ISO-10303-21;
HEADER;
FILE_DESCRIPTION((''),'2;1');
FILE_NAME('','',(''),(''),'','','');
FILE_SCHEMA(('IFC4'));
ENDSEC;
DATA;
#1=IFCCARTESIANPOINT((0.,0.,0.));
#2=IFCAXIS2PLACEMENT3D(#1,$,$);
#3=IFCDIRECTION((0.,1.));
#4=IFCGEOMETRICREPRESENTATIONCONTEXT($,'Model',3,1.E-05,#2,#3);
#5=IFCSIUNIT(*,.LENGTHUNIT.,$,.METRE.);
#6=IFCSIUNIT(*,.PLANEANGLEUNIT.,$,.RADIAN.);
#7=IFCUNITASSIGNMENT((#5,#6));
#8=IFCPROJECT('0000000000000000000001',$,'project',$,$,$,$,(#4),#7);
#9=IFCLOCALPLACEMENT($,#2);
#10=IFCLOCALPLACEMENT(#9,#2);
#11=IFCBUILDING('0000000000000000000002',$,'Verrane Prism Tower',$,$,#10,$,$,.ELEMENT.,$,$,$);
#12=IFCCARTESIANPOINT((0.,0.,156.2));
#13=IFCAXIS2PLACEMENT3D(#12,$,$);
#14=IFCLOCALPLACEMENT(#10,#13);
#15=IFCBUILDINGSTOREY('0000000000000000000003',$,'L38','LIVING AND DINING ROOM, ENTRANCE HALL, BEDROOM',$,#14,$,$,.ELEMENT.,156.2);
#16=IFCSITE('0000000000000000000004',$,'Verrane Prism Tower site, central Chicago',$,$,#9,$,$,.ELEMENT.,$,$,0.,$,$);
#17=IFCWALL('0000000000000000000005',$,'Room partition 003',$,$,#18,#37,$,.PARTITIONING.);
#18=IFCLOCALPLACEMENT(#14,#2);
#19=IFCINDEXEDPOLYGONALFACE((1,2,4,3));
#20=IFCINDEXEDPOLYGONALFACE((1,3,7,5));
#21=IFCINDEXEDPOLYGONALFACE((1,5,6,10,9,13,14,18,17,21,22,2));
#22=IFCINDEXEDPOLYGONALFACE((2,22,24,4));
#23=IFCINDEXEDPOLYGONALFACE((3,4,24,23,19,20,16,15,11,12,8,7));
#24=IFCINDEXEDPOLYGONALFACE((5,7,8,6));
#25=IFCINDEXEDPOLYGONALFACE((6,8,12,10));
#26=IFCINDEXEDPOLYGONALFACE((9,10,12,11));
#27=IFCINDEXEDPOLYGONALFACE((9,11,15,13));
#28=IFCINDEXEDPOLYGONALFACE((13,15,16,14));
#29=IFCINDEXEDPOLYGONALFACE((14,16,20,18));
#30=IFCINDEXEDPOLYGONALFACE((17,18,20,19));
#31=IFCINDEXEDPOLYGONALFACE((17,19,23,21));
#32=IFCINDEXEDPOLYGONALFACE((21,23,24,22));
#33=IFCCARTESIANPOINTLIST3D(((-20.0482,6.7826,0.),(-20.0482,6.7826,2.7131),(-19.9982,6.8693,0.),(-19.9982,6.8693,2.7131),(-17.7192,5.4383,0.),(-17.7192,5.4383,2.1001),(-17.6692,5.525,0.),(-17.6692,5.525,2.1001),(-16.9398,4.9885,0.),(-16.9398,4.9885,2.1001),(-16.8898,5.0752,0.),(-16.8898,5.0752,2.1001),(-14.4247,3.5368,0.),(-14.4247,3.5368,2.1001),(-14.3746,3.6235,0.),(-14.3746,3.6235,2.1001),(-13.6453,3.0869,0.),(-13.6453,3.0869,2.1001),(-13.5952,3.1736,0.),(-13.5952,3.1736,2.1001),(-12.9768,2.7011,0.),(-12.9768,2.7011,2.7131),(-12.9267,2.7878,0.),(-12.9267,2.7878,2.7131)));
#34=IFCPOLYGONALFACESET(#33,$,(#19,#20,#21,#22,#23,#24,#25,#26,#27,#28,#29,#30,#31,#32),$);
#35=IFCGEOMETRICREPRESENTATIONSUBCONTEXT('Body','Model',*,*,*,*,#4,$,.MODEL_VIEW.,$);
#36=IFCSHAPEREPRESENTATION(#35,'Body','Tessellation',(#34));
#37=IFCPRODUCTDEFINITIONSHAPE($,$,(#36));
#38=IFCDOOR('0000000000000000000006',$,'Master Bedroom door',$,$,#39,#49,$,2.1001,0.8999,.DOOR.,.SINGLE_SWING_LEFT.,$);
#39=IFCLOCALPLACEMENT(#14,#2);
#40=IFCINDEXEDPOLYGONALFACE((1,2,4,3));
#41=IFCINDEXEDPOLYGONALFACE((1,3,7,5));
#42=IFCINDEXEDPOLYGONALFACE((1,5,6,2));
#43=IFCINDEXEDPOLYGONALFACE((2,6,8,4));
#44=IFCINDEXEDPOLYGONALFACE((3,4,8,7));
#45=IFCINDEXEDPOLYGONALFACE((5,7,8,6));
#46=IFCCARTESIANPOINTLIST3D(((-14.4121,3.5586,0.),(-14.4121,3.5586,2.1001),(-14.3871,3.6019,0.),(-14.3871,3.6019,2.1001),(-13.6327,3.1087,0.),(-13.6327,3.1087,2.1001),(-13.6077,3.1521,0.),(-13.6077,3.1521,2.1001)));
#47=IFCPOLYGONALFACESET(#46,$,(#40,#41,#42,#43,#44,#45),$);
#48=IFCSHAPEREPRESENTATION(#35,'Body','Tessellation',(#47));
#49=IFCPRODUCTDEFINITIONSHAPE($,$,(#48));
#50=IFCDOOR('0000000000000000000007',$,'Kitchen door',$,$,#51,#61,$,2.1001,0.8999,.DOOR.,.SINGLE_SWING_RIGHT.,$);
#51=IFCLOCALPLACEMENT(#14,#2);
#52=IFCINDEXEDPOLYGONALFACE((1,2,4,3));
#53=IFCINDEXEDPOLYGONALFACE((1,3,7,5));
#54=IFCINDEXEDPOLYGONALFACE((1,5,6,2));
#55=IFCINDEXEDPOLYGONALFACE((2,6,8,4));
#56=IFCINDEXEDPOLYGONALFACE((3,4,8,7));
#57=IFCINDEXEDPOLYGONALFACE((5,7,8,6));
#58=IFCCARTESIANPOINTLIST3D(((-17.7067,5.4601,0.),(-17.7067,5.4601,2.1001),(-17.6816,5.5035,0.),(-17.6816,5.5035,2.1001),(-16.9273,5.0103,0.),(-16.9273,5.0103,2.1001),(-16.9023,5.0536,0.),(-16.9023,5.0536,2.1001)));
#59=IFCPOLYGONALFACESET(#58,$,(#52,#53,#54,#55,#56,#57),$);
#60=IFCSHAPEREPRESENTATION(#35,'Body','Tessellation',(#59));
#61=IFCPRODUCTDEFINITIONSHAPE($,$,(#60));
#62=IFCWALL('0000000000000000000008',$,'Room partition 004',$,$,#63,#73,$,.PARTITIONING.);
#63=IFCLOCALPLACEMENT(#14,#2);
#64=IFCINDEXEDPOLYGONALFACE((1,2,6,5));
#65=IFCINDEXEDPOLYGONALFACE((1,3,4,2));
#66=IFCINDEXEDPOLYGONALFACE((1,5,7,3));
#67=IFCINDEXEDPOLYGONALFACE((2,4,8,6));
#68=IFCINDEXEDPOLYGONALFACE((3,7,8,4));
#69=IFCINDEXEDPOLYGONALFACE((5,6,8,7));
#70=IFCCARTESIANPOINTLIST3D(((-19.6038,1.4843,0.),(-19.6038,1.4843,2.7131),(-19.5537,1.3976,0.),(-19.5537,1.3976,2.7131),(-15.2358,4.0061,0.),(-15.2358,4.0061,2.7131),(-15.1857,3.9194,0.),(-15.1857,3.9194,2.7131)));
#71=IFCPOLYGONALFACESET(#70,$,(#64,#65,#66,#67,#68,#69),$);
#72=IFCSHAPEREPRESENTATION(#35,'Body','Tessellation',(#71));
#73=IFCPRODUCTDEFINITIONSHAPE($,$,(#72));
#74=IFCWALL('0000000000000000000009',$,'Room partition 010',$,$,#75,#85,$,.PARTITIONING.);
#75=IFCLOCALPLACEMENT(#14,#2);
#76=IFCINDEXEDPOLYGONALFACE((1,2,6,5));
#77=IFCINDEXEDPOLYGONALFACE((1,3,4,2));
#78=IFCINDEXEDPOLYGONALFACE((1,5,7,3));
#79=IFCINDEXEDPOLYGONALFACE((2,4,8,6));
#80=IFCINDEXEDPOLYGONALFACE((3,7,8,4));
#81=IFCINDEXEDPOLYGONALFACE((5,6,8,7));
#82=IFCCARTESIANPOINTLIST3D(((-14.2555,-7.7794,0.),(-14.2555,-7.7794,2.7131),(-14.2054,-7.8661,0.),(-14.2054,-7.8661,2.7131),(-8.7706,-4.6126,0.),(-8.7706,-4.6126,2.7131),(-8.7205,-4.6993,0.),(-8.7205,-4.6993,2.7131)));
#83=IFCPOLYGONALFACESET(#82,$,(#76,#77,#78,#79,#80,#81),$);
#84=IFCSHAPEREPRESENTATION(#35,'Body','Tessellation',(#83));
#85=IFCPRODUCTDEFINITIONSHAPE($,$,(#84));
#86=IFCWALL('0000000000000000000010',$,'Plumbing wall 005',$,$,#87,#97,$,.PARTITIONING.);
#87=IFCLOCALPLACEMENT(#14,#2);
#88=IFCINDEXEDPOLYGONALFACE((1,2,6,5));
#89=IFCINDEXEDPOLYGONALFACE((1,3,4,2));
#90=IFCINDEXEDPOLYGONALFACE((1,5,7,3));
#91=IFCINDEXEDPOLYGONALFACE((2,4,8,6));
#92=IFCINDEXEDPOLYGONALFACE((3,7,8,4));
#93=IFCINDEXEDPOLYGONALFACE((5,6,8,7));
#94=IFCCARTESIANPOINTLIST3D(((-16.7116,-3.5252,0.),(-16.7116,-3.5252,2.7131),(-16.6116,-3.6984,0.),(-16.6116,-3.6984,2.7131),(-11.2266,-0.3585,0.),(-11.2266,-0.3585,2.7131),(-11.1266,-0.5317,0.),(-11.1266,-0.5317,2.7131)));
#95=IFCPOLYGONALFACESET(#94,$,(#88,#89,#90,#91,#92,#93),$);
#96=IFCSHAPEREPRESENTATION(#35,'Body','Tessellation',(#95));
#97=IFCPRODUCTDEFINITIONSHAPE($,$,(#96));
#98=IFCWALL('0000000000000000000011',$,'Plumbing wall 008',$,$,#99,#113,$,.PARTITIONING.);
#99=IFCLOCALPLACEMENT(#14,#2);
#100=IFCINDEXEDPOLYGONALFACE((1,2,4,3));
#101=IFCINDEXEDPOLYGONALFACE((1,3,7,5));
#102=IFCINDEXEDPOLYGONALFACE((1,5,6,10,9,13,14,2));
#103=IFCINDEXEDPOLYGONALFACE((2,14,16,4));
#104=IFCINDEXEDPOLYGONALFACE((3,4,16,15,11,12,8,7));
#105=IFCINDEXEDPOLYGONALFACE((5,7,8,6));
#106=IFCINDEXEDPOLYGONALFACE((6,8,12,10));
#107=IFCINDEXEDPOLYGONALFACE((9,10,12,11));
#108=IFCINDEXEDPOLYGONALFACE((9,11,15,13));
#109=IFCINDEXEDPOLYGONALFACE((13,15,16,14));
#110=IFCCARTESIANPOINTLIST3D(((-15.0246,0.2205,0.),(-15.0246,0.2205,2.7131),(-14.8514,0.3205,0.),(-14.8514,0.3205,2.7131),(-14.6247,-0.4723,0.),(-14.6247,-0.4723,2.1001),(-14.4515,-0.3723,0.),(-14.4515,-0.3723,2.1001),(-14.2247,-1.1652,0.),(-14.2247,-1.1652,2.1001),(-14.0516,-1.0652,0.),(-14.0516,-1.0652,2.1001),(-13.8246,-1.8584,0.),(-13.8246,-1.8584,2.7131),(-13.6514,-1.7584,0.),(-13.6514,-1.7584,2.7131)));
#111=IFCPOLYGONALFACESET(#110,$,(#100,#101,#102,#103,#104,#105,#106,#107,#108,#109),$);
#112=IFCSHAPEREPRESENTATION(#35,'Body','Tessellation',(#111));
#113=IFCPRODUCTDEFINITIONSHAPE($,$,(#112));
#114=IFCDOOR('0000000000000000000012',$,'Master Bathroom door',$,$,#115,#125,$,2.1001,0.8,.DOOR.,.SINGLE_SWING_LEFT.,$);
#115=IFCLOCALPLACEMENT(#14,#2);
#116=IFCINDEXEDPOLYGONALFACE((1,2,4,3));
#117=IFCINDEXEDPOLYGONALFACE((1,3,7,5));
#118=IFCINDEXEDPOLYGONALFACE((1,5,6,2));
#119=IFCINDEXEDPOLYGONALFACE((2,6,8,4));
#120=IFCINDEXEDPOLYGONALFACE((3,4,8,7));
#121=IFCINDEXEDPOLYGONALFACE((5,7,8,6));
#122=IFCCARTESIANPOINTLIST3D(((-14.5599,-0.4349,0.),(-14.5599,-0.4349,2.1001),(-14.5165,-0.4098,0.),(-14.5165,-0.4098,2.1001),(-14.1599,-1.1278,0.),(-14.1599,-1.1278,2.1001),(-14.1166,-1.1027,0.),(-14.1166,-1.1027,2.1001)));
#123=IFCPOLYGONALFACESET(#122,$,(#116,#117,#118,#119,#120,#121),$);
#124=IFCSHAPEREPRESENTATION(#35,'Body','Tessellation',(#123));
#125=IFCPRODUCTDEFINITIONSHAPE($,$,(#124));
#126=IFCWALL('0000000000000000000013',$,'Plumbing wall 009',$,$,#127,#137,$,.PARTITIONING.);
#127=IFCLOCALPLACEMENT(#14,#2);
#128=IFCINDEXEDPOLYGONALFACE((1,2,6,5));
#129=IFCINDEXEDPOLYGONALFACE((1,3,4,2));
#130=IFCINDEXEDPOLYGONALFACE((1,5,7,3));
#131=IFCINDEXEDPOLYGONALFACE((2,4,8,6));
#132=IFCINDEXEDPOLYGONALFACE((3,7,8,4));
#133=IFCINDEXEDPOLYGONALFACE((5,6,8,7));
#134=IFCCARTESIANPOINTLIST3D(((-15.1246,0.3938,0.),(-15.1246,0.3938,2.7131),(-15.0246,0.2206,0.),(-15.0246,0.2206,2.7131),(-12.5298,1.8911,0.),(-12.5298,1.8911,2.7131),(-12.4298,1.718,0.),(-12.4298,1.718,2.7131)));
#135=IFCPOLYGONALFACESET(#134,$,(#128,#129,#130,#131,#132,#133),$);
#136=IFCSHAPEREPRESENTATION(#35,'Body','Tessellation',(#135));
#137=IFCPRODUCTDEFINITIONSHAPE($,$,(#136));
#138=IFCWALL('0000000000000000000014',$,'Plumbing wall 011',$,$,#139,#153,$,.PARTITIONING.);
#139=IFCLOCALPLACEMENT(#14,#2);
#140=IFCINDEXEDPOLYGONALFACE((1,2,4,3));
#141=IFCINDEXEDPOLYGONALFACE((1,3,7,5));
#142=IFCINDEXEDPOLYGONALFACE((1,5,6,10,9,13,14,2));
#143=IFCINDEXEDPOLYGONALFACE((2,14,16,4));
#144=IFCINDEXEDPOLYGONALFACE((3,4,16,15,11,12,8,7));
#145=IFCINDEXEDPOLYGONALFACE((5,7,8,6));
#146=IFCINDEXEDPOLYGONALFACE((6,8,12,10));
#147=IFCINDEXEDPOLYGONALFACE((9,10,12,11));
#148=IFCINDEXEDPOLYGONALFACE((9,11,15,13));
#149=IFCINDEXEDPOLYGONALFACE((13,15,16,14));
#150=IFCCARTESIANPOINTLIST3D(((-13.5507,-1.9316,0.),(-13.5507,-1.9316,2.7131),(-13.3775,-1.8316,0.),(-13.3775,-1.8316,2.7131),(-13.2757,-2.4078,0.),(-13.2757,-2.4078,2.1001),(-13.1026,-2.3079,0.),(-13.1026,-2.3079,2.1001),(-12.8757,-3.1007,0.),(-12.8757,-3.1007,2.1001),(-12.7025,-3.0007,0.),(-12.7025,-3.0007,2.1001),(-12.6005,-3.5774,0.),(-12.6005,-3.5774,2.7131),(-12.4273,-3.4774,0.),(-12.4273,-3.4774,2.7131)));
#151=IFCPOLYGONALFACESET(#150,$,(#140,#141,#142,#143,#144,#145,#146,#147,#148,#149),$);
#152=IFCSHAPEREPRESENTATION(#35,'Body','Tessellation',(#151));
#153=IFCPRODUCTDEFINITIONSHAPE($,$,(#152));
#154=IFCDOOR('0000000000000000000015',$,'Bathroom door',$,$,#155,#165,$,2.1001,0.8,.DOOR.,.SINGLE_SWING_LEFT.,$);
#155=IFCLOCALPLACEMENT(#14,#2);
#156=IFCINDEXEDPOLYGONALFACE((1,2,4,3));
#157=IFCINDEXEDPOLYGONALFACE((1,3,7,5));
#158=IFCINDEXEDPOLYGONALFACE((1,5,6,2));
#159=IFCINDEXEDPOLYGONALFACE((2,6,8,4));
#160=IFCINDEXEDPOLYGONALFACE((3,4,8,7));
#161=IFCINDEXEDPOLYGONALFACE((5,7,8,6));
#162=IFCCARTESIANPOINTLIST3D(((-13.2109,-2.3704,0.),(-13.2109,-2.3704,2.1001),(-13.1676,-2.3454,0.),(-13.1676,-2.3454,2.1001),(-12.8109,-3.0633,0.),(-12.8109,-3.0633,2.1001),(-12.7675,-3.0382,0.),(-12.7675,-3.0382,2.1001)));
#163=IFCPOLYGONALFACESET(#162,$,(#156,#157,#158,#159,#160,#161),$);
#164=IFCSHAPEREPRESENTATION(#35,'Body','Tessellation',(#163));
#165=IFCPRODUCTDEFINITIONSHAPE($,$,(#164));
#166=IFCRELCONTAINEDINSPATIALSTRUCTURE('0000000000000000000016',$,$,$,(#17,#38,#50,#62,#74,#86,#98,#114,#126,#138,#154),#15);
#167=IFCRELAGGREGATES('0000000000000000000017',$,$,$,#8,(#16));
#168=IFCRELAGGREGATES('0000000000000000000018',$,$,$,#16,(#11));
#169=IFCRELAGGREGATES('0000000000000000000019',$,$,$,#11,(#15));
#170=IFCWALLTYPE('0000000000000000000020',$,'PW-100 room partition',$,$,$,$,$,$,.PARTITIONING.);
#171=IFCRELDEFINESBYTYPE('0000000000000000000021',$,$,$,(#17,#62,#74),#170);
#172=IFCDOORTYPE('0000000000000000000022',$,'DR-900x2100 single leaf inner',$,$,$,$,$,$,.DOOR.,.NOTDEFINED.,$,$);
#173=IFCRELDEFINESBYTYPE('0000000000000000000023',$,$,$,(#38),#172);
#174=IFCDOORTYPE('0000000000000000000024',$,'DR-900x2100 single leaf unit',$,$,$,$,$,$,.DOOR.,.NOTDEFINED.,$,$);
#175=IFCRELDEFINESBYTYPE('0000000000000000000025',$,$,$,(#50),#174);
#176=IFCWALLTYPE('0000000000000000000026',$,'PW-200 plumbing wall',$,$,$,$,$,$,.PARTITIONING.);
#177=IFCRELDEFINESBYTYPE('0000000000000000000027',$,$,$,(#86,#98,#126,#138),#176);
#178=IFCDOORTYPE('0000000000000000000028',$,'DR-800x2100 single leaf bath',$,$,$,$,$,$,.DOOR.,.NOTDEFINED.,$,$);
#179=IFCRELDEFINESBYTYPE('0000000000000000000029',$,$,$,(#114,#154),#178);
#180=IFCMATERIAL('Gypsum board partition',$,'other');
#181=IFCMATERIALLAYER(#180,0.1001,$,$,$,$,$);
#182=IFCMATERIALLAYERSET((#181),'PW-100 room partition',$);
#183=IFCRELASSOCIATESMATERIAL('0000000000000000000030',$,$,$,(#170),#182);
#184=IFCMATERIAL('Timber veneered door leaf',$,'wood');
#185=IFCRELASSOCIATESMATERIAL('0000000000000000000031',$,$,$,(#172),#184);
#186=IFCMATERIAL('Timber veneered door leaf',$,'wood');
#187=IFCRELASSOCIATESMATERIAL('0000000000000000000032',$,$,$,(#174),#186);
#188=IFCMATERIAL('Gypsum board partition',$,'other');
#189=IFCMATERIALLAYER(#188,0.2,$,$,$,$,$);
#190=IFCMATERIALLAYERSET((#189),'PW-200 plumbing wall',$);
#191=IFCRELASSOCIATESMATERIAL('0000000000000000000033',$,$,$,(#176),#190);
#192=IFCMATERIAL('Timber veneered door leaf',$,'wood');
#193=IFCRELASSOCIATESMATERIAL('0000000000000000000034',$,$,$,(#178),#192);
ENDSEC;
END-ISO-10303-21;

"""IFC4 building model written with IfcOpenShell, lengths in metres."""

from ifc_helpers import new_model, si_unit, direction, frame, frame_2d, origin, place, context, subcontext, project, spatial, rectangle, extrude, material, layer, layer_set, type_object, element, fill, save


model = new_model("IFC4")

# Units and contexts
model_context = context("Model", 3, precision=1e-05, world=origin(), true_north=direction((0.0, 1.0)))
body_context = subcontext(model_context, "Body", "Model", "MODEL_VIEW")
ifc_project = project(units=[si_unit("LENGTHUNIT", "METRE"), si_unit("PLANEANGLEUNIT", "RADIAN")], contexts=[model_context])

# Site, building, storey
site_placement = place(None, origin())
site = spatial("IfcSite", under=ifc_project, at=site_placement, Name="Verrane Prism Tower site, central Chicago", CompositionType="ELEMENT", RefElevation=0.0)
building_placement = place(site_placement, origin())
building = spatial("IfcBuilding", under=site, at=building_placement, Name="Verrane Prism Tower", CompositionType="ELEMENT")
storey_placement = place(building_placement, frame((0.0, 0.0, 156.2)))
storey = spatial("IfcBuildingStorey", under=building, at=storey_placement, Name="L38", Description="LIVING AND DINING ROOM, ENTRANCE HALL, BEDROOM", CompositionType="ELEMENT", Elevation=156.2)

# Wall, openings, doors
ifc_material_1 = material(Name="Gypsum board partition", Category="other")
ifc_layer_1 = layer(ifc_material_1, 0.1001)
ifc_layer_set_1 = layer_set([ifc_layer_1], Name="PW-100 room partition")
wall_type_1 = type_object("IfcWallType", Name="PW-100 room partition", PredefinedType="PARTITIONING", material=ifc_layer_set_1)
wall_1_placement = place(storey_placement, frame((-12.9517, 2.7444, 0.0), z_axis=(0.0, 0.0, 1.0), x_axis=(-0.866089, 0.499889, 0.0)))
wall_1 = element("IfcWall", 1, at=wall_1_placement, inside=storey, type_object=wall_type_1, Name="Room partition 003", PredefinedType="PARTITIONING", context=body_context, shape_type="SweptSolid", body=[
    extrude(rectangle(XDim=8.1648, YDim=0.1001, at=frame_2d((4.0825, 0.0))), origin(), (0.0, 0.0, 1.0), 2.7131),
])
opening_1_placement = place(wall_1_placement, frame((4.5759, 0.0, 0.0)))
opening_1 = element("IfcOpeningElement", 2, at=opening_1_placement, cuts=wall_1, PredefinedType="OPENING", context=body_context, shape_type="SweptSolid", body=[
    extrude(rectangle(XDim=0.8999, YDim=2.1001, at=frame_2d((0.45, 1.05))), frame((0.0, 0.0601, 0.0), z_axis=(0.0, -1.0, 0.0), x_axis=(1.0, 0.0, 0.0)), (0.0, 0.0, 1.0), 0.1201),
])
opening_2_placement = place(wall_1_placement, frame((0.772, 0.0, 0.0)))
opening_2 = element("IfcOpeningElement", 3, at=opening_2_placement, cuts=wall_1, PredefinedType="OPENING", context=body_context, shape_type="SweptSolid", body=[
    extrude(rectangle(XDim=0.8999, YDim=2.1001, at=frame_2d((0.45, 1.05))), frame((0.0, 0.0601, 0.0), z_axis=(0.0, -1.0, 0.0), x_axis=(1.0, 0.0, 0.0)), (0.0, 0.0, 1.0), 0.1201),
])
ifc_material_2 = material(Name="Timber veneered door leaf", Category="wood")
door_type_1 = type_object("IfcDoorType", Name="DR-900x2100 single leaf inner", OperationType="NOTDEFINED", PredefinedType="DOOR", material=ifc_material_2)
door_1_placement = place(opening_2_placement, origin())
door_1 = element("IfcDoor", 4, at=door_1_placement, inside=storey, type_object=door_type_1, Name="Master Bedroom door", OperationType="SINGLE_SWING_LEFT", OverallHeight=2.1001, OverallWidth=0.8999, PredefinedType="DOOR", context=body_context, shape_type="SweptSolid", body=[
    extrude(rectangle(XDim=0.8999, YDim=2.1001, at=frame_2d((0.45, 1.05))), frame((0.0, 0.0249, 0.0), z_axis=(0.0, -1.0, 0.0), x_axis=(1.0, 0.0, 0.0)), (0.0, 0.0, 1.0), 0.05),
])
fill(opening_2, door_1)
ifc_material_3 = material(Name="Timber veneered door leaf", Category="wood")
door_type_2 = type_object("IfcDoorType", Name="DR-900x2100 single leaf unit", OperationType="NOTDEFINED", PredefinedType="DOOR", material=ifc_material_3)
door_2_placement = place(opening_1_placement, origin())
door_2 = element("IfcDoor", 5, at=door_2_placement, inside=storey, type_object=door_type_2, Name="Kitchen door", OperationType="SINGLE_SWING_RIGHT", OverallHeight=2.1001, OverallWidth=0.8999, PredefinedType="DOOR", context=body_context, shape_type="SweptSolid", body=[
    extrude(rectangle(XDim=0.8999, YDim=2.1001, at=frame_2d((0.45, 1.05))), frame((0.0, 0.0249, 0.0), z_axis=(0.0, -1.0, 0.0), x_axis=(1.0, 0.0, 0.0)), (0.0, 0.0, 1.0), 0.05),
])
fill(opening_1, door_2)

# Walls
wall_2_placement = place(storey_placement, frame((-19.5789, 1.4409, 0.0), z_axis=(0.0, 0.0, 1.0), x_axis=(0.866033, 0.499986, 0.0)))
element("IfcWall", 6, at=wall_2_placement, inside=storey, type_object=wall_type_1, Name="Room partition 004", PredefinedType="PARTITIONING", context=body_context, shape_type="SweptSolid", body=[
    extrude(rectangle(XDim=5.0437, YDim=0.1001, at=frame_2d((2.522, 0.0))), origin(), (0.0, 0.0, 1.0), 2.7131),
])
wall_3_placement = place(storey_placement, frame((-14.2305, -7.8228, 0.0), z_axis=(0.0, 0.0, 1.0), x_axis=(0.866021, 0.500007, 0.0)))
element("IfcWall", 7, at=wall_3_placement, inside=storey, type_object=wall_type_1, Name="Room partition 010", PredefinedType="PARTITIONING", context=body_context, shape_type="SweptSolid", body=[
    extrude(rectangle(XDim=6.3335, YDim=0.1001, at=frame_2d((3.1667, 0.0))), origin(), (0.0, 0.0, 1.0), 2.7131),
])
ifc_material_4 = material(Name="Gypsum board partition", Category="other")
ifc_layer_2 = layer(ifc_material_4, 0.2)
ifc_layer_set_2 = layer_set([ifc_layer_2], Name="PW-200 plumbing wall")
wall_type_2 = type_object("IfcWallType", Name="PW-200 plumbing wall", PredefinedType="PARTITIONING", material=ifc_layer_set_2)
wall_4_placement = place(storey_placement, frame((-16.6616, -3.6118, 0.0), z_axis=(0.0, 0.0, 1.0), x_axis=(0.866031, 0.499991, 0.0)))
element("IfcWall", 8, at=wall_4_placement, inside=storey, type_object=wall_type_2, Name="Plumbing wall 005", PredefinedType="PARTITIONING", context=body_context, shape_type="SweptSolid", body=[
    extrude(rectangle(XDim=6.3335, YDim=0.2, at=frame_2d((3.1667, 0.0))), origin(), (0.0, 0.0, 1.0), 2.7131),
])

# Wall, opening, door
wall_5_placement = place(storey_placement, frame((-14.938, 0.2705, 0.0), z_axis=(0.0, 0.0, 1.0), x_axis=(0.499913, -0.866075, 0.0)))
wall_5 = element("IfcWall", 9, at=wall_5_placement, inside=storey, type_object=wall_type_2, Name="Plumbing wall 008", PredefinedType="PARTITIONING", context=body_context, shape_type="SweptSolid", body=[
    extrude(rectangle(XDim=2.4004, YDim=0.2, at=frame_2d((1.2002, 0.0))), origin(), (0.0, 0.0, 1.0), 2.7131),
])
opening_3_placement = place(wall_5_placement, frame((0.8, 0.0, 0.0)))
opening_3 = element("IfcOpeningElement", 10, at=opening_3_placement, cuts=wall_5, PredefinedType="OPENING", context=body_context, shape_type="SweptSolid", body=[
    extrude(rectangle(XDim=0.8, YDim=2.1001, at=frame_2d((0.3999, 1.05))), frame((0.0, 0.1099, 0.0), z_axis=(0.0, -1.0, 0.0), x_axis=(1.0, 0.0, 0.0)), (0.0, 0.0, 1.0), 0.22),
])
ifc_material_5 = material(Name="Timber veneered door leaf", Category="wood")
door_type_3 = type_object("IfcDoorType", Name="DR-800x2100 single leaf bath", OperationType="NOTDEFINED", PredefinedType="DOOR", material=ifc_material_5)
door_3_placement = place(opening_3_placement, origin())
door_3 = element("IfcDoor", 11, at=door_3_placement, inside=storey, type_object=door_type_3, Name="Master Bathroom door", OperationType="SINGLE_SWING_LEFT", OverallHeight=2.1001, OverallWidth=0.8, PredefinedType="DOOR", context=body_context, shape_type="SweptSolid", body=[
    extrude(rectangle(XDim=0.8, YDim=2.1001, at=frame_2d((0.3999, 1.05))), frame((0.0, 0.0249, 0.0), z_axis=(0.0, -1.0, 0.0), x_axis=(1.0, 0.0, 0.0)), (0.0, 0.0, 1.0), 0.05),
])
fill(opening_3, door_3)

# Wall
wall_6_placement = place(storey_placement, frame((-15.0747, 0.3071, 0.0), z_axis=(0.0, 0.0, 1.0), x_axis=(0.866134, 0.499812, 0.0)))
element("IfcWall", 12, at=wall_6_placement, inside=storey, type_object=wall_type_2, Name="Plumbing wall 009", PredefinedType="PARTITIONING", context=body_context, shape_type="SweptSolid", body=[
    extrude(rectangle(XDim=2.9958, YDim=0.2, at=frame_2d((1.498, 0.0))), origin(), (0.0, 0.0, 1.0), 2.7131),
])

# Wall, opening, door
wall_7_placement = place(storey_placement, frame((-13.4641, -1.8816, 0.0), z_axis=(0.0, 0.0, 1.0), x_axis=(0.500008, -0.866021, 0.0)))
wall_7 = element("IfcWall", 13, at=wall_7_placement, inside=storey, type_object=wall_type_2, Name="Plumbing wall 011", PredefinedType="PARTITIONING", context=body_context, shape_type="SweptSolid", body=[
    extrude(rectangle(XDim=1.9004, YDim=0.2, at=frame_2d((0.9502, 0.0))), origin(), (0.0, 0.0, 1.0), 2.7131),
])
opening_4_placement = place(wall_7_placement, frame((0.55, 0.0, 0.0)))
opening_4 = element("IfcOpeningElement", 14, at=opening_4_placement, cuts=wall_7, PredefinedType="OPENING", context=body_context, shape_type="SweptSolid", body=[
    extrude(rectangle(XDim=0.8, YDim=2.1001, at=frame_2d((0.3999, 1.05))), frame((0.0, 0.1099, 0.0), z_axis=(0.0, -1.0, 0.0), x_axis=(1.0, 0.0, 0.0)), (0.0, 0.0, 1.0), 0.22),
])
door_4_placement = place(opening_4_placement, origin())
door_4 = element("IfcDoor", 15, at=door_4_placement, inside=storey, type_object=door_type_3, Name="Bathroom door", OperationType="SINGLE_SWING_LEFT", OverallHeight=2.1001, OverallWidth=0.8, PredefinedType="DOOR", context=body_context, shape_type="SweptSolid", body=[
    extrude(rectangle(XDim=0.8, YDim=2.1001, at=frame_2d((0.3999, 1.05))), frame((0.0, 0.0249, 0.0), z_axis=(0.0, -1.0, 0.0), x_axis=(1.0, 0.0, 0.0)), (0.0, 0.0, 1.0), 0.05),
])
fill(opening_4, door_4)

save(model, "model.ifc")
